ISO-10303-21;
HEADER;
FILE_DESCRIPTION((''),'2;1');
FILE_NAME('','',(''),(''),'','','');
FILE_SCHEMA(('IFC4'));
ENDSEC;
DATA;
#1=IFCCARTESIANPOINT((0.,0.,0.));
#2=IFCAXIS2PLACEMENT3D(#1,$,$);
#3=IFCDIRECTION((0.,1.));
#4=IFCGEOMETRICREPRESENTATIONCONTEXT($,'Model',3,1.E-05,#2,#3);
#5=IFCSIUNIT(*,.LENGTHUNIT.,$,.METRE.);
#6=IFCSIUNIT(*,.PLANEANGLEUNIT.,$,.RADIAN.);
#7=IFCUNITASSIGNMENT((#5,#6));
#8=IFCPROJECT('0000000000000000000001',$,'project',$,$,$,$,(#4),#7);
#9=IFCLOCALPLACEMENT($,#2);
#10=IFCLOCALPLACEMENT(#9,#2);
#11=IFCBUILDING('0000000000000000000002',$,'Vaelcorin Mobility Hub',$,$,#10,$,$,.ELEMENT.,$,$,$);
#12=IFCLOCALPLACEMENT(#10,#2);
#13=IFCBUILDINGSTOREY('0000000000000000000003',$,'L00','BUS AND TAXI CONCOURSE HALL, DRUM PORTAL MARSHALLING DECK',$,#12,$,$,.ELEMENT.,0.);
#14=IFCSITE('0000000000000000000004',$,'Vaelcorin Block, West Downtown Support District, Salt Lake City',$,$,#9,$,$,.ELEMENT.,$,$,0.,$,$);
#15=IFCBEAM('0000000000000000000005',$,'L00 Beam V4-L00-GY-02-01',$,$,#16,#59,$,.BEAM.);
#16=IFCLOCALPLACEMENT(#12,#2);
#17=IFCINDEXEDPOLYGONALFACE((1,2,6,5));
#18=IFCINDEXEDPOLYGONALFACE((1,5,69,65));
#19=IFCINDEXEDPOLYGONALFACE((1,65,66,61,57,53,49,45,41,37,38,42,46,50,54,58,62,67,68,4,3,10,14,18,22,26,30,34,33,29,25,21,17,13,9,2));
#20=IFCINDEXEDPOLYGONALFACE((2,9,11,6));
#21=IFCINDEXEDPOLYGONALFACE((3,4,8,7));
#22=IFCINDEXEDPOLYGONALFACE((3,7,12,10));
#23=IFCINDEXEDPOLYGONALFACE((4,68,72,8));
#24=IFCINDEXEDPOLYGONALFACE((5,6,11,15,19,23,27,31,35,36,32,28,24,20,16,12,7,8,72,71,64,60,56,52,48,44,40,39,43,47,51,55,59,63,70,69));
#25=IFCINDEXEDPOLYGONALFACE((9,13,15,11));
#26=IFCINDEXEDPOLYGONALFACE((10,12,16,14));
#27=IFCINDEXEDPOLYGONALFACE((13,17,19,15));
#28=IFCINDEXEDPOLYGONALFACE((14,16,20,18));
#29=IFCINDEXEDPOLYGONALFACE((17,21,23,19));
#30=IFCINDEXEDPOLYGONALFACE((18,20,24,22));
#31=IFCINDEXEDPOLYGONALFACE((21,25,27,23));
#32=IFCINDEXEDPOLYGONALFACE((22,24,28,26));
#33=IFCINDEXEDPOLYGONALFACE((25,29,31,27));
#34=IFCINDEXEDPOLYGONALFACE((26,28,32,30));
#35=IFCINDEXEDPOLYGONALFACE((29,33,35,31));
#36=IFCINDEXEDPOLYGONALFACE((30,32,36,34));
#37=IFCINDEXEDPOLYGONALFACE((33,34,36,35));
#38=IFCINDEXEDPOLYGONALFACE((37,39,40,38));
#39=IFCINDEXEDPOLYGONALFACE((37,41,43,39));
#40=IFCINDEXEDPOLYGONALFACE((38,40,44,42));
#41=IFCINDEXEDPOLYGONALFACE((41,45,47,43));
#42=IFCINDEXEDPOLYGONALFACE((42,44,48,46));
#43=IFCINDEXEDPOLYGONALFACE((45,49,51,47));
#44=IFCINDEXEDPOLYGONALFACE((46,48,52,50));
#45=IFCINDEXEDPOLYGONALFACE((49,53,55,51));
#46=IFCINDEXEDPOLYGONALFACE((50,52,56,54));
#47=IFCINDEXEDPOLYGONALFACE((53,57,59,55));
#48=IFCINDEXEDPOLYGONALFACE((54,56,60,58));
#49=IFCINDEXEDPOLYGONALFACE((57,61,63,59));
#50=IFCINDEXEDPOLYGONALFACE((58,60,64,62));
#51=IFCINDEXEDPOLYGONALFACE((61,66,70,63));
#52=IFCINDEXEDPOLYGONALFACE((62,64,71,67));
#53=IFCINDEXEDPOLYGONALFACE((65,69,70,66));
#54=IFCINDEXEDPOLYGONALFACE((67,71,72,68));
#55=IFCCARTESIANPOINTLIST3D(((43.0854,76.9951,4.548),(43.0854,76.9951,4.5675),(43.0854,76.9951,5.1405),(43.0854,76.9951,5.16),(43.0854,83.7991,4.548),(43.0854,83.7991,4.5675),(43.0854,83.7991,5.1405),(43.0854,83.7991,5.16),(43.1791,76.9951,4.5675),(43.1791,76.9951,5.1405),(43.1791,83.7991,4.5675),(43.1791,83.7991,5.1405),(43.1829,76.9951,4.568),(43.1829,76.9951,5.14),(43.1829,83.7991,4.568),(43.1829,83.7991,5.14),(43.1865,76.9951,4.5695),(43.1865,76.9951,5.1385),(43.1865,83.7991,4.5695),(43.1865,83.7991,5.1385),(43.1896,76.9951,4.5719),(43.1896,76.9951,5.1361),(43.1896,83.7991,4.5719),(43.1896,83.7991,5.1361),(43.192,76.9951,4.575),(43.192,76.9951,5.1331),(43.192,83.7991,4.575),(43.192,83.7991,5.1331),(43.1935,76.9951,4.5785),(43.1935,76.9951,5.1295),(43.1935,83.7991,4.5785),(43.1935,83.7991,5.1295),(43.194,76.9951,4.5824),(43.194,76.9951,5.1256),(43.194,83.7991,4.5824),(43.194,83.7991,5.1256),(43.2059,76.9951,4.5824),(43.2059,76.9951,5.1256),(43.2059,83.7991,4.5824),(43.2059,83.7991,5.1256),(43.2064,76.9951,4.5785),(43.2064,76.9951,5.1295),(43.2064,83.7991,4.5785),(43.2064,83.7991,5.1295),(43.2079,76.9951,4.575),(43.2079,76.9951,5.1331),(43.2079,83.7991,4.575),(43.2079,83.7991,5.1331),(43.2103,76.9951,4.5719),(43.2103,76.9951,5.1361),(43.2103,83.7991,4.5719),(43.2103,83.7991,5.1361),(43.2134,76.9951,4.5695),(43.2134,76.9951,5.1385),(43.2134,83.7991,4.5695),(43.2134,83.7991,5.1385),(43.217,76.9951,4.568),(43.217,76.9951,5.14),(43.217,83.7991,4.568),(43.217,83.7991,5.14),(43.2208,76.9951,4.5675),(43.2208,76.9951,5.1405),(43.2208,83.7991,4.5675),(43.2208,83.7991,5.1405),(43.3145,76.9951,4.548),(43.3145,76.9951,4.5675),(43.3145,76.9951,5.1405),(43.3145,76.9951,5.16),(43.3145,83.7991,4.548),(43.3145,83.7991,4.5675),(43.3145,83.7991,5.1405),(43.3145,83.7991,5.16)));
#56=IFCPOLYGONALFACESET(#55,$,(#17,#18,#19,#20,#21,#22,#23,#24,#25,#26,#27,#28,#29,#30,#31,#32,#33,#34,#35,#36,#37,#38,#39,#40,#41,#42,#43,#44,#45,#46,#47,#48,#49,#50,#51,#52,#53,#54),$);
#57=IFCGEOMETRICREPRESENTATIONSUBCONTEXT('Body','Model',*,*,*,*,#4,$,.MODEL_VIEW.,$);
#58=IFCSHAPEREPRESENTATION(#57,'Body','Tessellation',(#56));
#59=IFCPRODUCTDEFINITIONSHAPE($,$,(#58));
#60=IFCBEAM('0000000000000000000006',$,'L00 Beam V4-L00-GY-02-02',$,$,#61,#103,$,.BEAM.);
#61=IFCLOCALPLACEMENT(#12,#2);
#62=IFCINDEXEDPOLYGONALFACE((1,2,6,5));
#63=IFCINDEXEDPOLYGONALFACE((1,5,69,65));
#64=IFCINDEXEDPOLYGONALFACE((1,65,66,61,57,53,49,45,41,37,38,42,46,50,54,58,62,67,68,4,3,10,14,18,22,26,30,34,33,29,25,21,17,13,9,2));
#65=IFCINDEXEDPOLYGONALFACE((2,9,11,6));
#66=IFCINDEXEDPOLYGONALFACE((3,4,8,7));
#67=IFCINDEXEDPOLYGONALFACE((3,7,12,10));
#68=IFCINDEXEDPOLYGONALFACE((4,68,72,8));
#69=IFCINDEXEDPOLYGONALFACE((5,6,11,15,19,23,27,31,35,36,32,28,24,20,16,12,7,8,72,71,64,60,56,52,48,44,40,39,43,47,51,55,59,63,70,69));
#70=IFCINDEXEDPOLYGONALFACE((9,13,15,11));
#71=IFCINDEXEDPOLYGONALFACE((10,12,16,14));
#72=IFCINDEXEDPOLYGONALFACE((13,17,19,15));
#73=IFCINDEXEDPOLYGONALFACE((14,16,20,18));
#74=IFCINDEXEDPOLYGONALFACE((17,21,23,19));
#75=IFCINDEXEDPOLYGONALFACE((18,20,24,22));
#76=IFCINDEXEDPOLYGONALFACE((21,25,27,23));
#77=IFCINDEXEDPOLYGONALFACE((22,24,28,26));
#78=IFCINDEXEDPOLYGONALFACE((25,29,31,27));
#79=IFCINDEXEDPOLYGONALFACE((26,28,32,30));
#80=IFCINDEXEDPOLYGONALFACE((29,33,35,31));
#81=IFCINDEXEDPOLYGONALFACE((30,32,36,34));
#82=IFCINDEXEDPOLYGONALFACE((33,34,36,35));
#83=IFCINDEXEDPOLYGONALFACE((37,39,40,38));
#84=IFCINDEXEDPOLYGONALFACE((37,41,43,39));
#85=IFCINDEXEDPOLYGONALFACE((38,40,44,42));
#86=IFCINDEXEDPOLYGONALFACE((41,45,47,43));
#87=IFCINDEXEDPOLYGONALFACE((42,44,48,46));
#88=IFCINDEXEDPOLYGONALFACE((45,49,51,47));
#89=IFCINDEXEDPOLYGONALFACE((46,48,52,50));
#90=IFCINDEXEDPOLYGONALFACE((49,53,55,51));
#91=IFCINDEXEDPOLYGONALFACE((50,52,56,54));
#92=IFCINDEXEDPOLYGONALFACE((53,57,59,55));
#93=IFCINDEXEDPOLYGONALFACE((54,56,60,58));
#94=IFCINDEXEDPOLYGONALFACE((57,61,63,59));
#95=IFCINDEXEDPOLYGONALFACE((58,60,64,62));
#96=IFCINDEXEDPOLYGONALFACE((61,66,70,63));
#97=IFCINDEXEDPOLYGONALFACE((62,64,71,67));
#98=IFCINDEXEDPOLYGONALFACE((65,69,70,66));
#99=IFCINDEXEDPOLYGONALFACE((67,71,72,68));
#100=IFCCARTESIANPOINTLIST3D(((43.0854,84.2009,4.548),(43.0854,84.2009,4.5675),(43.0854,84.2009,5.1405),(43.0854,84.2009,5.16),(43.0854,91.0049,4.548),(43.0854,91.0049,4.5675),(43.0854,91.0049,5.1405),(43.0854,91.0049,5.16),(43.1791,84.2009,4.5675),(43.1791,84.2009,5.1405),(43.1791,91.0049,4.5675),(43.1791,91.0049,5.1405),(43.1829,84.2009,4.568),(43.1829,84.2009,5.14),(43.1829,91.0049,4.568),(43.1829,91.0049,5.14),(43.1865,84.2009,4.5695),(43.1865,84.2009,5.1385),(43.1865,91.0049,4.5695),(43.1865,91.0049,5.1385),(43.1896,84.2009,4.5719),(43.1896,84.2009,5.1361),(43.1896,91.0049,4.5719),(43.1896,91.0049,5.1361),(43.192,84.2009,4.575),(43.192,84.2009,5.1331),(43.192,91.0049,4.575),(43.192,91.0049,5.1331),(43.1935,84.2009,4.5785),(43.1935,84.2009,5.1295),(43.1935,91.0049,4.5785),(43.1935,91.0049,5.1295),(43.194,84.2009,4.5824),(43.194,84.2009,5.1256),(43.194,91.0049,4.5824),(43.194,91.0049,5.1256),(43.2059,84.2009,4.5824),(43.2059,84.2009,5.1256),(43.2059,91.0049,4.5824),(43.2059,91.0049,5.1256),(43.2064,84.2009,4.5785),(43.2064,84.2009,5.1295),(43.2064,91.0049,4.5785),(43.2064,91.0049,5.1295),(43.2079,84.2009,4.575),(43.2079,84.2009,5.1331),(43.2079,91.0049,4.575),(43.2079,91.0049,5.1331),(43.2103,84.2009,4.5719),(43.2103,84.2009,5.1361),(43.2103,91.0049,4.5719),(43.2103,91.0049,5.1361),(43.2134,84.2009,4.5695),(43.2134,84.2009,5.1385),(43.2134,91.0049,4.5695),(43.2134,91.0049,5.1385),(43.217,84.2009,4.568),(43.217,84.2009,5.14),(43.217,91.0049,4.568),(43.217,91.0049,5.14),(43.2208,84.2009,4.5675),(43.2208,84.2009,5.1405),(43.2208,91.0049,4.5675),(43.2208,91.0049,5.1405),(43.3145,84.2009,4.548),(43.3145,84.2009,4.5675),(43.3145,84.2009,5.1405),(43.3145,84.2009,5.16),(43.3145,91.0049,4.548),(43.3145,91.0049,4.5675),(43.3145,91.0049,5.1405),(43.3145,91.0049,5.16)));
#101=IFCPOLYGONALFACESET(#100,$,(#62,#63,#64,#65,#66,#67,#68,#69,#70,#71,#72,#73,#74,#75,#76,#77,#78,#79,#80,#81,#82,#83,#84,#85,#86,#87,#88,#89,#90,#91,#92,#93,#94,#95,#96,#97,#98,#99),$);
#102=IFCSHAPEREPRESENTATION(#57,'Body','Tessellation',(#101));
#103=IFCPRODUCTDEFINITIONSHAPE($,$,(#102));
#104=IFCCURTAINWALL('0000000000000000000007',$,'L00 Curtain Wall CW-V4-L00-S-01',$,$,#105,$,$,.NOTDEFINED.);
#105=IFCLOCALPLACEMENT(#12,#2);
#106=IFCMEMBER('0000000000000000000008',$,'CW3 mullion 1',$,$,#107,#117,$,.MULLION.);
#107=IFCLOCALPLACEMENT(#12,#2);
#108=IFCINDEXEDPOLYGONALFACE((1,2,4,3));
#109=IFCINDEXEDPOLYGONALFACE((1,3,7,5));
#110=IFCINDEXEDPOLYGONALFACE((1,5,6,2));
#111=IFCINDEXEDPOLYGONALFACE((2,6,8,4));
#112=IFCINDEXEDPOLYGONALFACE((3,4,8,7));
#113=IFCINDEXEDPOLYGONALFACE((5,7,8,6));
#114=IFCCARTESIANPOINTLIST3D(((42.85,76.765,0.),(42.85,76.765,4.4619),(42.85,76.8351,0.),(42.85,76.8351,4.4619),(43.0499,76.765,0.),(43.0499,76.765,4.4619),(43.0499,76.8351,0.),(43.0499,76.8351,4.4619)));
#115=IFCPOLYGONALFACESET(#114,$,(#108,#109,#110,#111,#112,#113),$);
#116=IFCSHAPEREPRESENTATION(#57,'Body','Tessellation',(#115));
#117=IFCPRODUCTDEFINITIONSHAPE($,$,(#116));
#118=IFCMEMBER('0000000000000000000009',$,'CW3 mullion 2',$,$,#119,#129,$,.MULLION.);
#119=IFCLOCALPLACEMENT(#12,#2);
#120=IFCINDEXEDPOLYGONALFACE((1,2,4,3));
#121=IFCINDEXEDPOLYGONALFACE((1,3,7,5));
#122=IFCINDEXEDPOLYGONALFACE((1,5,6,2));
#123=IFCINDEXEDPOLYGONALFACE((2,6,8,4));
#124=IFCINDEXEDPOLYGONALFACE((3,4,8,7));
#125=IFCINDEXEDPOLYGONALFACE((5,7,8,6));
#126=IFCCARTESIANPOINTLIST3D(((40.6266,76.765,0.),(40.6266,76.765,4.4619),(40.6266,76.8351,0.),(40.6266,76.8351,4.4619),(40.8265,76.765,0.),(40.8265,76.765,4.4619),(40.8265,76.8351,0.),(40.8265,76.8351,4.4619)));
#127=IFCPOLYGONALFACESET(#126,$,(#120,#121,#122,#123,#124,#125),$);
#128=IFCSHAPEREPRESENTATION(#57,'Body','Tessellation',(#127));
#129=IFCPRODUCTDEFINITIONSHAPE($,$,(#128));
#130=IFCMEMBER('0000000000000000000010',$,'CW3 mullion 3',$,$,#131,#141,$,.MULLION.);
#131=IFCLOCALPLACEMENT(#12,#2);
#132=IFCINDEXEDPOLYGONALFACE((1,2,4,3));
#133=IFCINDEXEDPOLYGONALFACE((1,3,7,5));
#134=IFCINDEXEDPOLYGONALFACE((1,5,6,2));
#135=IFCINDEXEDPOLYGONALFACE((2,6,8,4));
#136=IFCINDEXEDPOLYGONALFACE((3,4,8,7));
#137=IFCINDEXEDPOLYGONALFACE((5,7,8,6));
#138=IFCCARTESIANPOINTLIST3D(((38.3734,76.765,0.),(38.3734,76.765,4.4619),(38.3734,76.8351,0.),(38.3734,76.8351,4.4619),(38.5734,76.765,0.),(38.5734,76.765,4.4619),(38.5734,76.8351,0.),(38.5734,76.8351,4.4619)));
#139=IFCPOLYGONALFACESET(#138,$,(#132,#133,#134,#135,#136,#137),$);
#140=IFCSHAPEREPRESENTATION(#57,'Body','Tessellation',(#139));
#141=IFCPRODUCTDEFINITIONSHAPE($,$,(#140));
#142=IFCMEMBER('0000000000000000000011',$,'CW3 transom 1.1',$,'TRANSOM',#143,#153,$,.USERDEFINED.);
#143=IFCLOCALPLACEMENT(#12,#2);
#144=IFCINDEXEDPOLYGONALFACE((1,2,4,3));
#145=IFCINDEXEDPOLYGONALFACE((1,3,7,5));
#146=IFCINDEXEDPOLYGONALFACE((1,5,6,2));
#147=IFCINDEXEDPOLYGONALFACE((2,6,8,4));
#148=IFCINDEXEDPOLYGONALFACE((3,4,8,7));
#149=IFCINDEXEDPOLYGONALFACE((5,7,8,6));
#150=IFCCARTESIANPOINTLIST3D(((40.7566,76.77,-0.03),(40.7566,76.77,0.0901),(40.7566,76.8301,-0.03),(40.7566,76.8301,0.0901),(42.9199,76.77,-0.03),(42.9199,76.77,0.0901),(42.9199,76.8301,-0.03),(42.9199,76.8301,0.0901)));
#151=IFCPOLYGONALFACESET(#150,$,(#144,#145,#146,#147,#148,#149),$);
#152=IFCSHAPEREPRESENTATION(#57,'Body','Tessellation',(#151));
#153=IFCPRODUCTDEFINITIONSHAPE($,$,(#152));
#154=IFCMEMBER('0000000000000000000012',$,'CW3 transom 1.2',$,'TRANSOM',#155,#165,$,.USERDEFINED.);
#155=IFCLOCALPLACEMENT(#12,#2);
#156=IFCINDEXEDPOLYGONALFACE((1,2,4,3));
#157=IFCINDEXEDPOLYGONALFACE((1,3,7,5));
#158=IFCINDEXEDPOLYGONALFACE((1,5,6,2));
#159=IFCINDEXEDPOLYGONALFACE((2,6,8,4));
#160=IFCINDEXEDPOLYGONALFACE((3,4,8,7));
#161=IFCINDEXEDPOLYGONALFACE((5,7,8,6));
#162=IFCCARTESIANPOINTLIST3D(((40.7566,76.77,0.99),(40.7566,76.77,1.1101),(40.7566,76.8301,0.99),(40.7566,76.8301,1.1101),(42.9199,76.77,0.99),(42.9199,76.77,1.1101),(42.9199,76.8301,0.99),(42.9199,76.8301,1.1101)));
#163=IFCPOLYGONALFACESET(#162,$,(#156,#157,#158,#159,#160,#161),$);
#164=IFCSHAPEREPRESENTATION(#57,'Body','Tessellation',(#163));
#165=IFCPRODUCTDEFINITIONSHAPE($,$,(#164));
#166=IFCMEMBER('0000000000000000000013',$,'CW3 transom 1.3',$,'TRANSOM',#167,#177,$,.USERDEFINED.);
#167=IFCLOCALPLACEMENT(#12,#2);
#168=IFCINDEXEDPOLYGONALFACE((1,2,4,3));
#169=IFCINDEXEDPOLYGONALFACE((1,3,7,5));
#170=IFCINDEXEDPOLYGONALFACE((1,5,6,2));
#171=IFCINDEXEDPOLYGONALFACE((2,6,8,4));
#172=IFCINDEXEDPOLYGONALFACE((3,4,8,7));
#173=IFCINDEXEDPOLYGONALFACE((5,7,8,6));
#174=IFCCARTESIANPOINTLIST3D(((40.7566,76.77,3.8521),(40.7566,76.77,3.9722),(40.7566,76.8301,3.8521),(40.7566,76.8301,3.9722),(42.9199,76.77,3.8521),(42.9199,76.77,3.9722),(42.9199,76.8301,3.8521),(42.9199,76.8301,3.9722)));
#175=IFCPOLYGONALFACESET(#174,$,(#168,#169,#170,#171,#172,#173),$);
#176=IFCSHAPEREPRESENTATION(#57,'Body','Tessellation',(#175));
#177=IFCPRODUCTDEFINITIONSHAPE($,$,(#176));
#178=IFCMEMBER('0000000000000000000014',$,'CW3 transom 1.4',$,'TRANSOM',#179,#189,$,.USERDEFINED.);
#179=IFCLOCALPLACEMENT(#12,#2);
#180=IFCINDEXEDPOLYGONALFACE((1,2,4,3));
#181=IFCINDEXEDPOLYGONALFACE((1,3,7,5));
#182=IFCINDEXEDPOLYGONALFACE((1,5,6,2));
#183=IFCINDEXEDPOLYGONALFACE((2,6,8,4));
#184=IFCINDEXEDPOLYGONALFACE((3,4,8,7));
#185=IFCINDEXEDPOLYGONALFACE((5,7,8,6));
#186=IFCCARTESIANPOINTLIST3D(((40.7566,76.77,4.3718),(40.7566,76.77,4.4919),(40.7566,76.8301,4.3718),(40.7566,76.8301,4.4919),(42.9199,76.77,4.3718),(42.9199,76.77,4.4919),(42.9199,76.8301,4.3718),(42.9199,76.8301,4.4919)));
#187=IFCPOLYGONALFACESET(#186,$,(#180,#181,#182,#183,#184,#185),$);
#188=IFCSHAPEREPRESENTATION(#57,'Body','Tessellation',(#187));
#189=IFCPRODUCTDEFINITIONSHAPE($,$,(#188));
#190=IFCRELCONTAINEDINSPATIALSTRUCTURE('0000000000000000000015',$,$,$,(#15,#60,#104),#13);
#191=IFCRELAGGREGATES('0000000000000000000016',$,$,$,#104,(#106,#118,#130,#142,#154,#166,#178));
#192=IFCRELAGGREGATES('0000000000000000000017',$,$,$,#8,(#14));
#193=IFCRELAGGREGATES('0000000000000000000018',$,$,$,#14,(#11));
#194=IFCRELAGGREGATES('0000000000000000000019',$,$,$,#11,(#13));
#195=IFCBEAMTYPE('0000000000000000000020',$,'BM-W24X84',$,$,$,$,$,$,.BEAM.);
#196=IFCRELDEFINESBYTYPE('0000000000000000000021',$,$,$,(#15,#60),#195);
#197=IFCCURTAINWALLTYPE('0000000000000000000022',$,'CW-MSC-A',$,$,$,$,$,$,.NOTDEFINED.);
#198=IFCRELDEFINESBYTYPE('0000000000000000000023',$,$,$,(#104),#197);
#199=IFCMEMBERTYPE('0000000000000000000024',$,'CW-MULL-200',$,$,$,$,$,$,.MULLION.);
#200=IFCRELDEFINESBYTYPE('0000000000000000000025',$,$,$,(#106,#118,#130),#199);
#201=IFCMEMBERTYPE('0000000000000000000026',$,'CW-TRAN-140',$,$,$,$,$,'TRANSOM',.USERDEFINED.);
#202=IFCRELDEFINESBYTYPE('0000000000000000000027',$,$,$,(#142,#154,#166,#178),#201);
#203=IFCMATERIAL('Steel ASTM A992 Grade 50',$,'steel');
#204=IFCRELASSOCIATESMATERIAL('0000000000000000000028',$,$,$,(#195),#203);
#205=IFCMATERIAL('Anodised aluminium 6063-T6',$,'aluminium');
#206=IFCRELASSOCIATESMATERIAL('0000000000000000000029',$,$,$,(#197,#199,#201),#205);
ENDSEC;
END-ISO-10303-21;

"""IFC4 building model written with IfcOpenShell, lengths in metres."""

from ifc_helpers import new_model, si_unit, direction, frame, origin, origin_2d, place, context, subcontext, project, spatial, rectangle, i_section, extrude, material, material_profile, profile_set, type_object, element, aggregate, save


model = new_model("IFC4")

# Units and contexts
model_context = context("Model", 3, precision=1e-05, world=origin(), true_north=direction((0.0, 1.0)))
body_context = subcontext(model_context, "Body", "Model", "MODEL_VIEW")
ifc_project = project(units=[si_unit("LENGTHUNIT", "METRE"), si_unit("PLANEANGLEUNIT", "RADIAN")], contexts=[model_context])

# Site, building, storey
site_placement = place(None, origin())
site = spatial("IfcSite", under=ifc_project, at=site_placement, Name="Vaelcorin Block, West Downtown Support District, Salt Lake City", CompositionType="ELEMENT", RefElevation=0.0)
building_placement = place(site_placement, origin())
building = spatial("IfcBuilding", under=site, at=building_placement, Name="Vaelcorin Mobility Hub", CompositionType="ELEMENT")
storey_placement = place(building_placement, origin())
storey = spatial("IfcBuildingStorey", under=building, at=storey_placement, Name="L00", Description="BUS AND TAXI CONCOURSE HALL, DRUM PORTAL MARSHALLING DECK", CompositionType="ELEMENT", Elevation=0.0)

# Shared definitions
ifc_material_1 = material(Name="Steel ASTM A992 Grade 50", Category="steel")

# Beams
ifc_material_profile_1 = material_profile(ifc_material_1, i_section(OverallWidth=0.229, OverallDepth=0.6121, WebThickness=0.012, FlangeThickness=0.0195, FilletRadius=0.0149, at=origin_2d()), Name="W24X84")
ifc_profile_set_1 = profile_set([ifc_material_profile_1], Name="Steel ASTM A992 Grade 50")
beam_type_1 = type_object("IfcBeamType", Name="BM-W24X84", PredefinedType="BEAM", material=ifc_profile_set_1)
for number, where, z_axis, x_axis, name in (
    (1, (43.2, 76.9951, 4.854), (0.0, 1.0, 0.0), (-1.0, 0.0, 0.0), "L00 Beam V4-L00-GY-02-01"),
    (2, (43.2, 84.2009, 4.854), (0.0, 1.0, 0.0), (-1.0, 0.0, 0.0), "L00 Beam V4-L00-GY-02-02"),
):
    element("IfcBeam", number, at=place(storey_placement, frame(where, z_axis=z_axis, x_axis=x_axis)), inside=storey, type_object=beam_type_1, Name=name, PredefinedType="BEAM", context=body_context, shape_type="SweptSolid", body=[
        extrude(i_section(OverallWidth=0.229, OverallDepth=0.6121, WebThickness=0.012, FlangeThickness=0.0195, FilletRadius=0.0149, at=origin_2d()), origin(), (0.0, 0.0, 1.0), 6.804),
    ])

# Curtain wall, members
ifc_material_2 = material(Name="Anodised aluminium 6063-T6", Category="aluminium")
curtain_wall_type = type_object("IfcCurtainWallType", Name="CW-MSC-A", PredefinedType="NOTDEFINED", material=ifc_material_2)
curtain_wall_placement = place(storey_placement, origin())
curtain_wall = element("IfcCurtainWall", 3, at=curtain_wall_placement, inside=storey, type_object=curtain_wall_type, Name="L00 Curtain Wall CW-V4-L00-S-01", PredefinedType="NOTDEFINED")
ifc_material_profile_2 = material_profile(ifc_material_2, rectangle(XDim=0.0701, YDim=0.2, at=origin_2d()), Name="ALU-M70X200")
ifc_profile_set_2 = profile_set([ifc_material_profile_2], Name="Anodised aluminium 6063-T6")
member_type_1 = type_object("IfcMemberType", Name="CW-MULL-200", PredefinedType="MULLION", material=ifc_profile_set_2)
member_1_placement = place(storey_placement, frame((42.95, 76.8, 0.0), z_axis=(0.0, 0.0, 1.0), x_axis=(0.0, -1.0, 0.0)))
member_1 = element("IfcMember", 4, at=member_1_placement, type_object=member_type_1, Name="CW3 mullion 1", PredefinedType="MULLION", context=body_context, shape_type="SweptSolid", body=[
    extrude(rectangle(XDim=0.0701, YDim=0.2, at=origin_2d()), origin(), (0.0, 0.0, 1.0), 4.4619),
])
member_2_placement = place(storey_placement, frame((40.7266, 76.8, 0.0), z_axis=(0.0, 0.0, 1.0), x_axis=(0.0, -1.0, 0.0)))
member_2 = element("IfcMember", 5, at=member_2_placement, type_object=member_type_1, Name="CW3 mullion 2", PredefinedType="MULLION", context=body_context, shape_type="SweptSolid", body=[
    extrude(rectangle(XDim=0.0701, YDim=0.2, at=origin_2d()), origin(), (0.0, 0.0, 1.0), 4.4619),
])
member_3_placement = place(storey_placement, frame((38.4734, 76.8, 0.0), z_axis=(0.0, 0.0, 1.0), x_axis=(0.0, -1.0, 0.0)))
member_3 = element("IfcMember", 6, at=member_3_placement, type_object=member_type_1, Name="CW3 mullion 3", PredefinedType="MULLION", context=body_context, shape_type="SweptSolid", body=[
    extrude(rectangle(XDim=0.0701, YDim=0.2, at=origin_2d()), origin(), (0.0, 0.0, 1.0), 4.4619),
])
ifc_material_profile_3 = material_profile(ifc_material_2, rectangle(XDim=0.0601, YDim=0.1201, at=origin_2d()), Name="ALU-T60X120")
ifc_profile_set_3 = profile_set([ifc_material_profile_3], Name="Anodised aluminium 6063-T6")
member_type_2 = type_object("IfcMemberType", Name="CW-TRAN-140", ElementType="TRANSOM", PredefinedType="USERDEFINED", material=ifc_profile_set_3)
member_4_placement = place(storey_placement, frame((42.9199, 76.8, 0.03), z_axis=(-1.0, 0.0, 0.0), x_axis=(0.0, -1.0, 0.0)))
member_4 = element("IfcMember", 7, at=member_4_placement, type_object=member_type_2, Name="CW3 transom 1.1", ObjectType="TRANSOM", PredefinedType="USERDEFINED", context=body_context, shape_type="SweptSolid", body=[
    extrude(rectangle(XDim=0.0601, YDim=0.1201, at=origin_2d()), origin(), (0.0, 0.0, 1.0), 2.1633),
])
member_5_placement = place(storey_placement, frame((42.9199, 76.8, 1.05), z_axis=(-1.0, 0.0, 0.0), x_axis=(0.0, -1.0, 0.0)))
member_5 = element("IfcMember", 8, at=member_5_placement, type_object=member_type_2, Name="CW3 transom 1.2", ObjectType="TRANSOM", PredefinedType="USERDEFINED", context=body_context, shape_type="SweptSolid", body=[
    extrude(rectangle(XDim=0.0601, YDim=0.1201, at=origin_2d()), origin(), (0.0, 0.0, 1.0), 2.1633),
])
member_6_placement = place(storey_placement, frame((42.9199, 76.8, 3.9121), z_axis=(-1.0, 0.0, 0.0), x_axis=(0.0, -1.0, 0.0)))
member_6 = element("IfcMember", 9, at=member_6_placement, type_object=member_type_2, Name="CW3 transom 1.3", ObjectType="TRANSOM", PredefinedType="USERDEFINED", context=body_context, shape_type="SweptSolid", body=[
    extrude(rectangle(XDim=0.0601, YDim=0.1201, at=origin_2d()), origin(), (0.0, 0.0, 1.0), 2.1633),
])
member_7_placement = place(storey_placement, frame((42.9199, 76.8, 4.4319), z_axis=(-1.0, 0.0, 0.0), x_axis=(0.0, -1.0, 0.0)))
member_7 = element("IfcMember", 10, at=member_7_placement, type_object=member_type_2, Name="CW3 transom 1.4", ObjectType="TRANSOM", PredefinedType="USERDEFINED", context=body_context, shape_type="SweptSolid", body=[
    extrude(rectangle(XDim=0.0601, YDim=0.1201, at=origin_2d()), origin(), (0.0, 0.0, 1.0), 2.1633),
])
aggregate(curtain_wall, [member_1, member_2, member_3, member_4, member_5, member_6, member_7])

save(model, "model.ifc")
